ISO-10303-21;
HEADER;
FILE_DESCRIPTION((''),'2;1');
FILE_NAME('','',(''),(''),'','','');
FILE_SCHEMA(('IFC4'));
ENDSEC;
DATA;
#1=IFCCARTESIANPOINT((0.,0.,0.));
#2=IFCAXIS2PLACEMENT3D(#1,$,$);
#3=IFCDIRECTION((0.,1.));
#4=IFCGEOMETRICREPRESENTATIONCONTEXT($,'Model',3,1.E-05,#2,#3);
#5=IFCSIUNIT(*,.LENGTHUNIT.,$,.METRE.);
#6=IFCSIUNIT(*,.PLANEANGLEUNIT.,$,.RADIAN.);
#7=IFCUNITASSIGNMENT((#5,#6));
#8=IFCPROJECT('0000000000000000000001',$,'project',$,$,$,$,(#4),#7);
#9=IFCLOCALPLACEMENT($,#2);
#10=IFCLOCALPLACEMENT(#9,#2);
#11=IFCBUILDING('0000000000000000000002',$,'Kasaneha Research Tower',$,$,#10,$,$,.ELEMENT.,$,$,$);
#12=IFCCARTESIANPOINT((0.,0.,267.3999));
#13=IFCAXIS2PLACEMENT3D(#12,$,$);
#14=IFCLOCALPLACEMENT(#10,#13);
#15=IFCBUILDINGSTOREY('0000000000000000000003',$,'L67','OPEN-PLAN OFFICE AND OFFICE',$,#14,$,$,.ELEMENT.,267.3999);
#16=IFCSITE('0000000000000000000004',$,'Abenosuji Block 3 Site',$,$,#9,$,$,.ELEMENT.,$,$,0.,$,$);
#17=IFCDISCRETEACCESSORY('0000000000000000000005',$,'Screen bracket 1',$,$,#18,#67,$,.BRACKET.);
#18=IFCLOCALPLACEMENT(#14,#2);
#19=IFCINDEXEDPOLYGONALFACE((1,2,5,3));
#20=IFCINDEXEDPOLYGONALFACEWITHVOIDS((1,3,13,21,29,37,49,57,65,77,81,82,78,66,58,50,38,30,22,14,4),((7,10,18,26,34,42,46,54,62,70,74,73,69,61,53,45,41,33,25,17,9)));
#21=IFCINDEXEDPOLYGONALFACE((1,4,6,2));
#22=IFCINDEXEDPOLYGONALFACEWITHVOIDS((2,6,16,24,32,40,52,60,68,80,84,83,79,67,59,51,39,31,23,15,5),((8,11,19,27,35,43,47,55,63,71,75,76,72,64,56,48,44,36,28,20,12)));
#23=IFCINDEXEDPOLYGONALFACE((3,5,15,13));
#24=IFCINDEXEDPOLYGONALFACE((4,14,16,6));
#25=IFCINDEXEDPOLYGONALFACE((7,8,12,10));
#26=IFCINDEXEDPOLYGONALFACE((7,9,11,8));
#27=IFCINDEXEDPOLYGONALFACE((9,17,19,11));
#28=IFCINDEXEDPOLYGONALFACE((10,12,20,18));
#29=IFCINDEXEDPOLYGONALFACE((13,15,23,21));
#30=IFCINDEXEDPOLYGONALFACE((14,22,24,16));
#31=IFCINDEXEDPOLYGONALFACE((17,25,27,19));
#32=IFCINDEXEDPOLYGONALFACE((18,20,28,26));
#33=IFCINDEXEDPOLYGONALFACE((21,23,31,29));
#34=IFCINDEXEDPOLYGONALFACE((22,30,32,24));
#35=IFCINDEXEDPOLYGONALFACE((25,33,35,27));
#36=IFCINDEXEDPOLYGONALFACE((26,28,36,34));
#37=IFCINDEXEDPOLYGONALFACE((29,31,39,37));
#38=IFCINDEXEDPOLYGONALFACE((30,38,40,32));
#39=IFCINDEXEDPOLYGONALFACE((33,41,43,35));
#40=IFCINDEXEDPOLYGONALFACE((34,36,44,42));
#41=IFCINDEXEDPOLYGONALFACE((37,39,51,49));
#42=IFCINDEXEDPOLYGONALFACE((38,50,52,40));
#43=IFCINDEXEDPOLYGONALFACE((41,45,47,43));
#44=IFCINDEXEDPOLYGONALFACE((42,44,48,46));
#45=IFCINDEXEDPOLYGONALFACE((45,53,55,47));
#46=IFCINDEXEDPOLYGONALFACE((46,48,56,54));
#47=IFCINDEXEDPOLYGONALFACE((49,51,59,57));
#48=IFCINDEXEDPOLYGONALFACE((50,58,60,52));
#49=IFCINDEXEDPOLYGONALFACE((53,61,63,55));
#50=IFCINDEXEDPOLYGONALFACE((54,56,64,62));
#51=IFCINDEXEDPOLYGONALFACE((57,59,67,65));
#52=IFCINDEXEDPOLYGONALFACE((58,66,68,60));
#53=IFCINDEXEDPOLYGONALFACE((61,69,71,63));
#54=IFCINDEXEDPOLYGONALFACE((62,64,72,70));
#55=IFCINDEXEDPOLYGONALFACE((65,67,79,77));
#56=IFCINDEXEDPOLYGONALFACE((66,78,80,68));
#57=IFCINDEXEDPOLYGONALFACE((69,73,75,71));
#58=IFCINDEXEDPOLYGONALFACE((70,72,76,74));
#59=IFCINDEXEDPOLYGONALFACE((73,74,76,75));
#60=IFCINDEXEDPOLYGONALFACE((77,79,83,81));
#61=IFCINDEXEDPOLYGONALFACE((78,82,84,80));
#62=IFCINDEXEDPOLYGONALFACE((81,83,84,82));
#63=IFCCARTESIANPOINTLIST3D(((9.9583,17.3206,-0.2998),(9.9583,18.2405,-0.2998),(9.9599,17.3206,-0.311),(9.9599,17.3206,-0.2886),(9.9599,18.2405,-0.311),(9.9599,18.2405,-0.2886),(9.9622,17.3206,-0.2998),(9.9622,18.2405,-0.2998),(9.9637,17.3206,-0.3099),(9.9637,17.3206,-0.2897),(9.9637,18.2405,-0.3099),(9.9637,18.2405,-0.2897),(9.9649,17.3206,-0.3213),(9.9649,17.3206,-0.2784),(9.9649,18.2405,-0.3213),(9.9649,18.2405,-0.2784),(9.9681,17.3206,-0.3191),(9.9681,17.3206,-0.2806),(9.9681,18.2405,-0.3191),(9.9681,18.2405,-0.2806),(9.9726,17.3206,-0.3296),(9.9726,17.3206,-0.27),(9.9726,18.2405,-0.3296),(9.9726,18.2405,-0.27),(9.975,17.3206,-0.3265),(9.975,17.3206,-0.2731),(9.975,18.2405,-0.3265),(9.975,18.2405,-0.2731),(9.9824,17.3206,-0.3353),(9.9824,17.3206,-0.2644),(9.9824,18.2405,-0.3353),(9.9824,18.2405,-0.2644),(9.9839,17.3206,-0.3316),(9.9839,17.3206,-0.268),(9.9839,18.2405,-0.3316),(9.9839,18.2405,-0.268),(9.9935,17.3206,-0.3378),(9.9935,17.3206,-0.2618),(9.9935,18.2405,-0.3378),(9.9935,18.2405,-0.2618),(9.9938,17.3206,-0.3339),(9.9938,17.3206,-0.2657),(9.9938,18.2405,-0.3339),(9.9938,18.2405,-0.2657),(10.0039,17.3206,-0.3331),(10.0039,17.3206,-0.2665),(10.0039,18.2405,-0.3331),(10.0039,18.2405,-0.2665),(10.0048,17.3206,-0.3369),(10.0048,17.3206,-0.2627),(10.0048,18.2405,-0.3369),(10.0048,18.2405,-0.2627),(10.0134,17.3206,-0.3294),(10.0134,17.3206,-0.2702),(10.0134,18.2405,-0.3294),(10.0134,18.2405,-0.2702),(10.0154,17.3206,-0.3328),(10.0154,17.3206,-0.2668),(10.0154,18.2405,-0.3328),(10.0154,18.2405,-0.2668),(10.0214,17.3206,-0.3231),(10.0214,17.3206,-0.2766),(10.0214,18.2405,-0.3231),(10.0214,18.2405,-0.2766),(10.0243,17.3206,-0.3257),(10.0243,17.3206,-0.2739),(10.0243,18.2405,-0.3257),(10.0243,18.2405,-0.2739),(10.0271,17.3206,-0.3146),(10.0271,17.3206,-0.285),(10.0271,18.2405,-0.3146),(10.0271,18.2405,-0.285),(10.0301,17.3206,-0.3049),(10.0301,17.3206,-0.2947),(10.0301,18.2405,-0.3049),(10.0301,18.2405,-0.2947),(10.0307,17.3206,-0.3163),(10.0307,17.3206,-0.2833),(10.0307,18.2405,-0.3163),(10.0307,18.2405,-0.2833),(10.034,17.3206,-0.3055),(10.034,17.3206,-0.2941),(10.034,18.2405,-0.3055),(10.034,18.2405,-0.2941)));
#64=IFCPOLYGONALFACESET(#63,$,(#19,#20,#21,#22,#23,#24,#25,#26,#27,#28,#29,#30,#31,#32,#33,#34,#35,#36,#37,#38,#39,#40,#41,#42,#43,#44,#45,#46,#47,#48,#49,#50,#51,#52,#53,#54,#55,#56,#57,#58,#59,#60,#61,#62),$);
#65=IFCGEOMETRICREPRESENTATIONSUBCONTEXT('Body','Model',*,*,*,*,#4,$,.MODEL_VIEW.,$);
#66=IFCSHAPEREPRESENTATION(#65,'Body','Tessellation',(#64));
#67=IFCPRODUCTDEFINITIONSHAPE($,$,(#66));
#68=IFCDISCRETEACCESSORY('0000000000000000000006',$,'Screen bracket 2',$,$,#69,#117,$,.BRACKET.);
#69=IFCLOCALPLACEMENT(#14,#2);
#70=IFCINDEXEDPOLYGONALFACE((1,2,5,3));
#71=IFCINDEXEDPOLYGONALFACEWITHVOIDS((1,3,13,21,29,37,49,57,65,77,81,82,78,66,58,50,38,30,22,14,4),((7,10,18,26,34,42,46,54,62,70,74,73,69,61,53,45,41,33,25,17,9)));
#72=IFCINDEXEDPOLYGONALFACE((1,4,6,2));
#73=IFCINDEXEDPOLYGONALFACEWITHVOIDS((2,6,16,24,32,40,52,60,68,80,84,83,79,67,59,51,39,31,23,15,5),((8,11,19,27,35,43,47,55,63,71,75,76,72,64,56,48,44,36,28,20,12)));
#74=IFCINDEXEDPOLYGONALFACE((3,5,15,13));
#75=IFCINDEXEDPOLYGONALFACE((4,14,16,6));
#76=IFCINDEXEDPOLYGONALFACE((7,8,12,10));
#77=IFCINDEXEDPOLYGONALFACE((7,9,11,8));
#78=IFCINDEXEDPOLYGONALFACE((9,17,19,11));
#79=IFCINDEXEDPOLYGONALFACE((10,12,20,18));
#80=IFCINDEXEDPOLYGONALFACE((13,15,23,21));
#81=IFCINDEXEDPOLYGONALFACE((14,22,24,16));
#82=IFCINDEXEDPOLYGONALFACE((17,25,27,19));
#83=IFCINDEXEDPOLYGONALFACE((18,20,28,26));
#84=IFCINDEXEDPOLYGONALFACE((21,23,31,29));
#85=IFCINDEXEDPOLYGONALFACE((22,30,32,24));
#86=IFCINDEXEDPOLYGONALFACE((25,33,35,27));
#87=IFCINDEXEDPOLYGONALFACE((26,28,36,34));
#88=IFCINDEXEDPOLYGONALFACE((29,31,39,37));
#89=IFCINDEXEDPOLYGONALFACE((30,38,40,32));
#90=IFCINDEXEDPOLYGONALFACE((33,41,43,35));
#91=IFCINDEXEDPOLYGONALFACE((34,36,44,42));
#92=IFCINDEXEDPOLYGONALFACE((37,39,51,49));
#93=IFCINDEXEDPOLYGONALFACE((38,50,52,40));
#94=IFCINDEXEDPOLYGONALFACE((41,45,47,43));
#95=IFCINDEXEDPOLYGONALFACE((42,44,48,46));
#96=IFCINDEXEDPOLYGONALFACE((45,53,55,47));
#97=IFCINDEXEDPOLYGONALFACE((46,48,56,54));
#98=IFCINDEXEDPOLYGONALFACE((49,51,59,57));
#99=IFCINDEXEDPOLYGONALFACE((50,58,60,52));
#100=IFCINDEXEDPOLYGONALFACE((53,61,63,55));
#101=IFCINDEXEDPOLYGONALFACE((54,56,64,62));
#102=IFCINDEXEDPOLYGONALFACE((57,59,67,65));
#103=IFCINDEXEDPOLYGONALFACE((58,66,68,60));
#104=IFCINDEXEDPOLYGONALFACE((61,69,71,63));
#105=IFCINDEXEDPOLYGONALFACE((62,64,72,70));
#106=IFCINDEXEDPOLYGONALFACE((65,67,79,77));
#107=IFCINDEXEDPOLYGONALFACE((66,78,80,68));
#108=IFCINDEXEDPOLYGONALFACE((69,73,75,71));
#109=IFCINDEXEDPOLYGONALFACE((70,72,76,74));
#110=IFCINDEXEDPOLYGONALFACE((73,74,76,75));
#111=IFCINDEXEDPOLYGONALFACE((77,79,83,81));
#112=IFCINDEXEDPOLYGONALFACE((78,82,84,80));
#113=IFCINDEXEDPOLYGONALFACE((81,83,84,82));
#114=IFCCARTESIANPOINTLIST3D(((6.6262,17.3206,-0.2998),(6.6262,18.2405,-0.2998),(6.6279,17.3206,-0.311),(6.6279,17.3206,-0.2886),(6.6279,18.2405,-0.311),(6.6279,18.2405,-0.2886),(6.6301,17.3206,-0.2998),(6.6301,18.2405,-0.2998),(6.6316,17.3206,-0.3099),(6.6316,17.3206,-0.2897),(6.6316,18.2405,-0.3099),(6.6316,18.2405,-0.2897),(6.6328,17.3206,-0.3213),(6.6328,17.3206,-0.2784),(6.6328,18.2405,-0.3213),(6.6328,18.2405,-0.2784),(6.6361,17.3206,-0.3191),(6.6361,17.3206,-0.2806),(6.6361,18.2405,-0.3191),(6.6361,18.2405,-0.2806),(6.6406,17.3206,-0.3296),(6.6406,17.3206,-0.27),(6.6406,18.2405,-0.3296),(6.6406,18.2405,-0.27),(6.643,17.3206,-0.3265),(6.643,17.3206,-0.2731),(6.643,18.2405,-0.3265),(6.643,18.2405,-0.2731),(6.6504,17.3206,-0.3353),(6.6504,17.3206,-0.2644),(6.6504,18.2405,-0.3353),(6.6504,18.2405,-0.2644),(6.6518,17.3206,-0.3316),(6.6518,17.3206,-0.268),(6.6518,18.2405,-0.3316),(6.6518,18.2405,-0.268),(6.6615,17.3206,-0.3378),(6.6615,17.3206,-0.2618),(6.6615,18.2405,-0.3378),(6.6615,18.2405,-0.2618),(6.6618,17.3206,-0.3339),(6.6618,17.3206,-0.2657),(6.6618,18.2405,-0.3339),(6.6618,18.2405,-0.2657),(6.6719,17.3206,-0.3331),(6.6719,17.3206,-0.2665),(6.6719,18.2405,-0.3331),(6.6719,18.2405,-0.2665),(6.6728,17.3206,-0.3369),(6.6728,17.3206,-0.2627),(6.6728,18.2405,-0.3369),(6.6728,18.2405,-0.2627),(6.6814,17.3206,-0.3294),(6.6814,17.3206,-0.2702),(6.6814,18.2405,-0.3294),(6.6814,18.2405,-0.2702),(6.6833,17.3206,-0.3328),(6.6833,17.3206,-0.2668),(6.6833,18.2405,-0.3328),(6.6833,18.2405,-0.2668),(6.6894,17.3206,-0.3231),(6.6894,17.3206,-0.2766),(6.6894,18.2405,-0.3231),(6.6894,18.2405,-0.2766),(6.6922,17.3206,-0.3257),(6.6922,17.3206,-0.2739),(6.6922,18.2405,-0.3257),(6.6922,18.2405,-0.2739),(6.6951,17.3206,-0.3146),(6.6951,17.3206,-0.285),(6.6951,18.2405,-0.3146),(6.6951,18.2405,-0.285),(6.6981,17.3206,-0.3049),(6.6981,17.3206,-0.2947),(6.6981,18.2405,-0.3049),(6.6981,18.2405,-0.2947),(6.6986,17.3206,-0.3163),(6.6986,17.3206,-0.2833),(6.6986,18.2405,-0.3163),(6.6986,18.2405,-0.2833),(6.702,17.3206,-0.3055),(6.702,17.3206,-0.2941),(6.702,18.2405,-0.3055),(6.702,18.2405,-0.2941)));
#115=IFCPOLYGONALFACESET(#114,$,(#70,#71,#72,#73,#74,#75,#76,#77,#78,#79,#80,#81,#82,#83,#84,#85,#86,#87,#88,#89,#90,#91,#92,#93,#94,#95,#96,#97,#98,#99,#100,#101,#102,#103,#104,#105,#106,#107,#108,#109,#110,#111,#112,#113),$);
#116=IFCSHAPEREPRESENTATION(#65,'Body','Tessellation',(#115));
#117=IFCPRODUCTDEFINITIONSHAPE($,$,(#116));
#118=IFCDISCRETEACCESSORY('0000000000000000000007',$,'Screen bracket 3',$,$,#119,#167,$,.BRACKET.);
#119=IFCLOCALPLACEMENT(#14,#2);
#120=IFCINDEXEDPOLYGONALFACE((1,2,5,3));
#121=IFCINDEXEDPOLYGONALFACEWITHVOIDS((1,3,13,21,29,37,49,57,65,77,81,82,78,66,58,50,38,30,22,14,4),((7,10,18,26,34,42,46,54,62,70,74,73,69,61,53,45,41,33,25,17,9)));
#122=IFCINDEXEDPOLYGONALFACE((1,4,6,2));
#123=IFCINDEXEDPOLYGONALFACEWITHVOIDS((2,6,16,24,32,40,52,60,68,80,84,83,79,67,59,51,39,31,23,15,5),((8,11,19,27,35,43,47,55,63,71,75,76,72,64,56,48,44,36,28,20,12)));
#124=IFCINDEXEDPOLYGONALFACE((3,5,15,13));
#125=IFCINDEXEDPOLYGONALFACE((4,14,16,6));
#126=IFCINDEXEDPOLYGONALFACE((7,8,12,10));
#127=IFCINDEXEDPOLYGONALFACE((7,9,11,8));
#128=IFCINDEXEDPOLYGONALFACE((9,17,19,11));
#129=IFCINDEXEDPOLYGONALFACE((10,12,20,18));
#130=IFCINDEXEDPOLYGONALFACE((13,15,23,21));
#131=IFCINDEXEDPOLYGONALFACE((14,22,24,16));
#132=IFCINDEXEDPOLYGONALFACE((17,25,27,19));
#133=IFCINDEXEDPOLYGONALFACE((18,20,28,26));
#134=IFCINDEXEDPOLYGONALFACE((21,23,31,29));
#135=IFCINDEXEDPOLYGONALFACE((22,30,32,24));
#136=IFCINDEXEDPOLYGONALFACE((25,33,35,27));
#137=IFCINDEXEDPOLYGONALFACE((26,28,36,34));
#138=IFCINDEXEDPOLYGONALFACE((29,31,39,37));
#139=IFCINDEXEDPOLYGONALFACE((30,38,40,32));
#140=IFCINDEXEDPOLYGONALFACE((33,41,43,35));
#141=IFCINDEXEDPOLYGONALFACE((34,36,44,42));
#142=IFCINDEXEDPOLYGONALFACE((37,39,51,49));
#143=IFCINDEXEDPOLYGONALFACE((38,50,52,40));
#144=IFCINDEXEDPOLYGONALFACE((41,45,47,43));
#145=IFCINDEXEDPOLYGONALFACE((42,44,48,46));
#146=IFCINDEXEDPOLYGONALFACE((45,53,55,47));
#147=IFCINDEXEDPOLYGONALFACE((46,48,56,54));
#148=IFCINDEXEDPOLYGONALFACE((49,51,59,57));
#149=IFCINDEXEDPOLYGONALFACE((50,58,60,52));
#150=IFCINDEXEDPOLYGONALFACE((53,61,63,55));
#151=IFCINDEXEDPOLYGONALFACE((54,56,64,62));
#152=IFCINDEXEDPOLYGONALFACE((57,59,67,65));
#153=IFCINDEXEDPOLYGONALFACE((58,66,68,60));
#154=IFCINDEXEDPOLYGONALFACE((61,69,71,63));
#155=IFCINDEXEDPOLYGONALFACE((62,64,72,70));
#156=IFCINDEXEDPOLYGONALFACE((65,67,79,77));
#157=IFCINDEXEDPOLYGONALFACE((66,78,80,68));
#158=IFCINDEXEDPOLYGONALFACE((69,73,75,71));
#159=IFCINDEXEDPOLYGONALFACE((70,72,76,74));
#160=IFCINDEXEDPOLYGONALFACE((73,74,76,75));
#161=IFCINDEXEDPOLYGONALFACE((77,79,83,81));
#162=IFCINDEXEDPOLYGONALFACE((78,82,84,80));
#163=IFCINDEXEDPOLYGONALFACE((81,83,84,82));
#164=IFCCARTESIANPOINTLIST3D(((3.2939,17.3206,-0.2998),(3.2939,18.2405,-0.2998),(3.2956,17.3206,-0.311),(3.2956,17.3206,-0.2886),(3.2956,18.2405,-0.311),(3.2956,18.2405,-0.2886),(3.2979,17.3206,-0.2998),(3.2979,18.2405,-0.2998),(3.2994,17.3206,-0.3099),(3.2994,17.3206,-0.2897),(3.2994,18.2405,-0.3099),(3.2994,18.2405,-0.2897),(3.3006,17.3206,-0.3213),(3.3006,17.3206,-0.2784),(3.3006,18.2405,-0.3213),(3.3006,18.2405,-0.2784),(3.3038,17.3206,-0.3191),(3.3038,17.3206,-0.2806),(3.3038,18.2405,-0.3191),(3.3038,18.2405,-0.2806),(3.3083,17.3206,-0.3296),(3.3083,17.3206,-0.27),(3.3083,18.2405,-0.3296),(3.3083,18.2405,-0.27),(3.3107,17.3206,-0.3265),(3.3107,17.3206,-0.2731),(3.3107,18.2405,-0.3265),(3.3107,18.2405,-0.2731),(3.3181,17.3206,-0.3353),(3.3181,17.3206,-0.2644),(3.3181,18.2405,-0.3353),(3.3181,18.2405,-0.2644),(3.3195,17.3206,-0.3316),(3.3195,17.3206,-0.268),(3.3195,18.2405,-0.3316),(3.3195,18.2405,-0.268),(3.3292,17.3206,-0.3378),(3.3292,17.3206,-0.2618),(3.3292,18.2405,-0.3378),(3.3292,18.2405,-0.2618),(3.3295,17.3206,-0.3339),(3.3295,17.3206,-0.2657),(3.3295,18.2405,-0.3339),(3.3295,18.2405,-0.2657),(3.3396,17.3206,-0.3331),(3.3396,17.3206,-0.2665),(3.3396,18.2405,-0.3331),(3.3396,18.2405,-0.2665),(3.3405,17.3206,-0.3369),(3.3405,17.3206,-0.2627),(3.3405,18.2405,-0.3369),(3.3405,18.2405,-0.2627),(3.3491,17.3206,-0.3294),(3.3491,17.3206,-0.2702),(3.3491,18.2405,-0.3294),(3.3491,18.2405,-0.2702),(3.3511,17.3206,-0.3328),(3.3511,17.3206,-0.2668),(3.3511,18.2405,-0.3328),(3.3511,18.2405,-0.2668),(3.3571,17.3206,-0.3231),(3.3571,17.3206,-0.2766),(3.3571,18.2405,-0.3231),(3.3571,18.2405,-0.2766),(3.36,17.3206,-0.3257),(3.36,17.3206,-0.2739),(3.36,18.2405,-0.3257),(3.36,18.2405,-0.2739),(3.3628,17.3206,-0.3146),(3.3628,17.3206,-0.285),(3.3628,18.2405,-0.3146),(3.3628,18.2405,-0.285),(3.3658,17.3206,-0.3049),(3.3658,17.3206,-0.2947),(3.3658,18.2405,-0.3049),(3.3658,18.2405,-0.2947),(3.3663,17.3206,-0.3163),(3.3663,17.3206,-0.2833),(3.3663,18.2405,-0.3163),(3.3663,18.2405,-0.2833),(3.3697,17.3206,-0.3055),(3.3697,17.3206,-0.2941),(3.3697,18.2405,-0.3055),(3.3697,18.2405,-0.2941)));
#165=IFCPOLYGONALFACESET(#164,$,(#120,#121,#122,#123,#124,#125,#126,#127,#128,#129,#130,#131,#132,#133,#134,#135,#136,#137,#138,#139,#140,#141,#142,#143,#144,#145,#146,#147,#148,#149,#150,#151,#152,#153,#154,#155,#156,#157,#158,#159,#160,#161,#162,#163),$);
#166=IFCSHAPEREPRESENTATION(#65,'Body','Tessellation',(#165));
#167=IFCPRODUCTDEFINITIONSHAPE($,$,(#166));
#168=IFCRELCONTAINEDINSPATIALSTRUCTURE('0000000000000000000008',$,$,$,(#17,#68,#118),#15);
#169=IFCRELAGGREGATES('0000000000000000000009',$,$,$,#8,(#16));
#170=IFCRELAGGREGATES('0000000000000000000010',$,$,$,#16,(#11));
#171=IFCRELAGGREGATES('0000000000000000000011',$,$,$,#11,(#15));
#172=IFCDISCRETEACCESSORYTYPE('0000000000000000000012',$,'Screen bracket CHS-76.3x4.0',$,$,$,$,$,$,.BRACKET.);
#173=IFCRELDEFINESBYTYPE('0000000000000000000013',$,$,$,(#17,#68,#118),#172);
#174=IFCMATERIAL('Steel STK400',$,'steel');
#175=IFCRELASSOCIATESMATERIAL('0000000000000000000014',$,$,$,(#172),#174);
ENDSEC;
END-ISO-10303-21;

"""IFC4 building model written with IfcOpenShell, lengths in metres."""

from ifc_helpers import new_model, si_unit, direction, frame, origin, origin_2d, place, context, subcontext, project, spatial, hollow_circle, extrude, material, material_profile, profile_set, type_object, element, save


model = new_model("IFC4")

# Units and contexts
model_context = context("Model", 3, precision=1e-05, world=origin(), true_north=direction((0.0, 1.0)))
body_context = subcontext(model_context, "Body", "Model", "MODEL_VIEW")
ifc_project = project(units=[si_unit("LENGTHUNIT", "METRE"), si_unit("PLANEANGLEUNIT", "RADIAN")], contexts=[model_context])

# Site, building, storey
site_placement = place(None, origin())
site = spatial("IfcSite", under=ifc_project, at=site_placement, Name="Abenosuji Block 3 Site", CompositionType="ELEMENT", RefElevation=0.0)
building_placement = place(site_placement, origin())
building = spatial("IfcBuilding", under=site, at=building_placement, Name="Kasaneha Research Tower", CompositionType="ELEMENT")
storey_placement = place(building_placement, frame((0.0, 0.0, 267.3999)))
storey = spatial("IfcBuildingStorey", under=building, at=storey_placement, Name="L67", Description="OPEN-PLAN OFFICE AND OFFICE", CompositionType="ELEMENT", Elevation=267.3999)

# Discrete accessories
ifc_material_1 = material(Name="Steel STK400", Category="steel")
ifc_material_profile_1 = material_profile(ifc_material_1, hollow_circle(Radius=0.0381, WallThickness=0.0039, at=origin_2d()), Name="CHS-76.3x4.0")
ifc_profile_set_1 = profile_set([ifc_material_profile_1], Name="Steel STK400")
discrete_accessory_type = type_object("IfcDiscreteAccessoryType", Name="Screen bracket CHS-76.3x4.0", PredefinedType="BRACKET", material=ifc_profile_set_1)
for number, where, z_axis, x_axis, name in (
    (1, (9.9963, 17.3206, -0.2998), (0.0, 1.0, 0.0), (-1.0, 0.0, 0.0), "Screen bracket 1"),
    (2, (6.6643, 17.3206, -0.2998), (0.0, 1.0, 0.0), (-1.0, 0.0, 0.0), "Screen bracket 2"),
    (3, (3.332, 17.3206, -0.2998), (0.0, 1.0, 0.0), (-1.0, 0.0, 0.0), "Screen bracket 3"),
):
    element("IfcDiscreteAccessory", number, at=place(storey_placement, frame(where, z_axis=z_axis, x_axis=x_axis)), inside=storey, type_object=discrete_accessory_type, Name=name, PredefinedType="BRACKET", context=body_context, shape_type="SweptSolid", body=[
        extrude(hollow_circle(Radius=0.0381, WallThickness=0.0039, at=origin_2d()), origin(), (0.0, 0.0, 1.0), 0.9199),
    ])

save(model, "model.ifc")
